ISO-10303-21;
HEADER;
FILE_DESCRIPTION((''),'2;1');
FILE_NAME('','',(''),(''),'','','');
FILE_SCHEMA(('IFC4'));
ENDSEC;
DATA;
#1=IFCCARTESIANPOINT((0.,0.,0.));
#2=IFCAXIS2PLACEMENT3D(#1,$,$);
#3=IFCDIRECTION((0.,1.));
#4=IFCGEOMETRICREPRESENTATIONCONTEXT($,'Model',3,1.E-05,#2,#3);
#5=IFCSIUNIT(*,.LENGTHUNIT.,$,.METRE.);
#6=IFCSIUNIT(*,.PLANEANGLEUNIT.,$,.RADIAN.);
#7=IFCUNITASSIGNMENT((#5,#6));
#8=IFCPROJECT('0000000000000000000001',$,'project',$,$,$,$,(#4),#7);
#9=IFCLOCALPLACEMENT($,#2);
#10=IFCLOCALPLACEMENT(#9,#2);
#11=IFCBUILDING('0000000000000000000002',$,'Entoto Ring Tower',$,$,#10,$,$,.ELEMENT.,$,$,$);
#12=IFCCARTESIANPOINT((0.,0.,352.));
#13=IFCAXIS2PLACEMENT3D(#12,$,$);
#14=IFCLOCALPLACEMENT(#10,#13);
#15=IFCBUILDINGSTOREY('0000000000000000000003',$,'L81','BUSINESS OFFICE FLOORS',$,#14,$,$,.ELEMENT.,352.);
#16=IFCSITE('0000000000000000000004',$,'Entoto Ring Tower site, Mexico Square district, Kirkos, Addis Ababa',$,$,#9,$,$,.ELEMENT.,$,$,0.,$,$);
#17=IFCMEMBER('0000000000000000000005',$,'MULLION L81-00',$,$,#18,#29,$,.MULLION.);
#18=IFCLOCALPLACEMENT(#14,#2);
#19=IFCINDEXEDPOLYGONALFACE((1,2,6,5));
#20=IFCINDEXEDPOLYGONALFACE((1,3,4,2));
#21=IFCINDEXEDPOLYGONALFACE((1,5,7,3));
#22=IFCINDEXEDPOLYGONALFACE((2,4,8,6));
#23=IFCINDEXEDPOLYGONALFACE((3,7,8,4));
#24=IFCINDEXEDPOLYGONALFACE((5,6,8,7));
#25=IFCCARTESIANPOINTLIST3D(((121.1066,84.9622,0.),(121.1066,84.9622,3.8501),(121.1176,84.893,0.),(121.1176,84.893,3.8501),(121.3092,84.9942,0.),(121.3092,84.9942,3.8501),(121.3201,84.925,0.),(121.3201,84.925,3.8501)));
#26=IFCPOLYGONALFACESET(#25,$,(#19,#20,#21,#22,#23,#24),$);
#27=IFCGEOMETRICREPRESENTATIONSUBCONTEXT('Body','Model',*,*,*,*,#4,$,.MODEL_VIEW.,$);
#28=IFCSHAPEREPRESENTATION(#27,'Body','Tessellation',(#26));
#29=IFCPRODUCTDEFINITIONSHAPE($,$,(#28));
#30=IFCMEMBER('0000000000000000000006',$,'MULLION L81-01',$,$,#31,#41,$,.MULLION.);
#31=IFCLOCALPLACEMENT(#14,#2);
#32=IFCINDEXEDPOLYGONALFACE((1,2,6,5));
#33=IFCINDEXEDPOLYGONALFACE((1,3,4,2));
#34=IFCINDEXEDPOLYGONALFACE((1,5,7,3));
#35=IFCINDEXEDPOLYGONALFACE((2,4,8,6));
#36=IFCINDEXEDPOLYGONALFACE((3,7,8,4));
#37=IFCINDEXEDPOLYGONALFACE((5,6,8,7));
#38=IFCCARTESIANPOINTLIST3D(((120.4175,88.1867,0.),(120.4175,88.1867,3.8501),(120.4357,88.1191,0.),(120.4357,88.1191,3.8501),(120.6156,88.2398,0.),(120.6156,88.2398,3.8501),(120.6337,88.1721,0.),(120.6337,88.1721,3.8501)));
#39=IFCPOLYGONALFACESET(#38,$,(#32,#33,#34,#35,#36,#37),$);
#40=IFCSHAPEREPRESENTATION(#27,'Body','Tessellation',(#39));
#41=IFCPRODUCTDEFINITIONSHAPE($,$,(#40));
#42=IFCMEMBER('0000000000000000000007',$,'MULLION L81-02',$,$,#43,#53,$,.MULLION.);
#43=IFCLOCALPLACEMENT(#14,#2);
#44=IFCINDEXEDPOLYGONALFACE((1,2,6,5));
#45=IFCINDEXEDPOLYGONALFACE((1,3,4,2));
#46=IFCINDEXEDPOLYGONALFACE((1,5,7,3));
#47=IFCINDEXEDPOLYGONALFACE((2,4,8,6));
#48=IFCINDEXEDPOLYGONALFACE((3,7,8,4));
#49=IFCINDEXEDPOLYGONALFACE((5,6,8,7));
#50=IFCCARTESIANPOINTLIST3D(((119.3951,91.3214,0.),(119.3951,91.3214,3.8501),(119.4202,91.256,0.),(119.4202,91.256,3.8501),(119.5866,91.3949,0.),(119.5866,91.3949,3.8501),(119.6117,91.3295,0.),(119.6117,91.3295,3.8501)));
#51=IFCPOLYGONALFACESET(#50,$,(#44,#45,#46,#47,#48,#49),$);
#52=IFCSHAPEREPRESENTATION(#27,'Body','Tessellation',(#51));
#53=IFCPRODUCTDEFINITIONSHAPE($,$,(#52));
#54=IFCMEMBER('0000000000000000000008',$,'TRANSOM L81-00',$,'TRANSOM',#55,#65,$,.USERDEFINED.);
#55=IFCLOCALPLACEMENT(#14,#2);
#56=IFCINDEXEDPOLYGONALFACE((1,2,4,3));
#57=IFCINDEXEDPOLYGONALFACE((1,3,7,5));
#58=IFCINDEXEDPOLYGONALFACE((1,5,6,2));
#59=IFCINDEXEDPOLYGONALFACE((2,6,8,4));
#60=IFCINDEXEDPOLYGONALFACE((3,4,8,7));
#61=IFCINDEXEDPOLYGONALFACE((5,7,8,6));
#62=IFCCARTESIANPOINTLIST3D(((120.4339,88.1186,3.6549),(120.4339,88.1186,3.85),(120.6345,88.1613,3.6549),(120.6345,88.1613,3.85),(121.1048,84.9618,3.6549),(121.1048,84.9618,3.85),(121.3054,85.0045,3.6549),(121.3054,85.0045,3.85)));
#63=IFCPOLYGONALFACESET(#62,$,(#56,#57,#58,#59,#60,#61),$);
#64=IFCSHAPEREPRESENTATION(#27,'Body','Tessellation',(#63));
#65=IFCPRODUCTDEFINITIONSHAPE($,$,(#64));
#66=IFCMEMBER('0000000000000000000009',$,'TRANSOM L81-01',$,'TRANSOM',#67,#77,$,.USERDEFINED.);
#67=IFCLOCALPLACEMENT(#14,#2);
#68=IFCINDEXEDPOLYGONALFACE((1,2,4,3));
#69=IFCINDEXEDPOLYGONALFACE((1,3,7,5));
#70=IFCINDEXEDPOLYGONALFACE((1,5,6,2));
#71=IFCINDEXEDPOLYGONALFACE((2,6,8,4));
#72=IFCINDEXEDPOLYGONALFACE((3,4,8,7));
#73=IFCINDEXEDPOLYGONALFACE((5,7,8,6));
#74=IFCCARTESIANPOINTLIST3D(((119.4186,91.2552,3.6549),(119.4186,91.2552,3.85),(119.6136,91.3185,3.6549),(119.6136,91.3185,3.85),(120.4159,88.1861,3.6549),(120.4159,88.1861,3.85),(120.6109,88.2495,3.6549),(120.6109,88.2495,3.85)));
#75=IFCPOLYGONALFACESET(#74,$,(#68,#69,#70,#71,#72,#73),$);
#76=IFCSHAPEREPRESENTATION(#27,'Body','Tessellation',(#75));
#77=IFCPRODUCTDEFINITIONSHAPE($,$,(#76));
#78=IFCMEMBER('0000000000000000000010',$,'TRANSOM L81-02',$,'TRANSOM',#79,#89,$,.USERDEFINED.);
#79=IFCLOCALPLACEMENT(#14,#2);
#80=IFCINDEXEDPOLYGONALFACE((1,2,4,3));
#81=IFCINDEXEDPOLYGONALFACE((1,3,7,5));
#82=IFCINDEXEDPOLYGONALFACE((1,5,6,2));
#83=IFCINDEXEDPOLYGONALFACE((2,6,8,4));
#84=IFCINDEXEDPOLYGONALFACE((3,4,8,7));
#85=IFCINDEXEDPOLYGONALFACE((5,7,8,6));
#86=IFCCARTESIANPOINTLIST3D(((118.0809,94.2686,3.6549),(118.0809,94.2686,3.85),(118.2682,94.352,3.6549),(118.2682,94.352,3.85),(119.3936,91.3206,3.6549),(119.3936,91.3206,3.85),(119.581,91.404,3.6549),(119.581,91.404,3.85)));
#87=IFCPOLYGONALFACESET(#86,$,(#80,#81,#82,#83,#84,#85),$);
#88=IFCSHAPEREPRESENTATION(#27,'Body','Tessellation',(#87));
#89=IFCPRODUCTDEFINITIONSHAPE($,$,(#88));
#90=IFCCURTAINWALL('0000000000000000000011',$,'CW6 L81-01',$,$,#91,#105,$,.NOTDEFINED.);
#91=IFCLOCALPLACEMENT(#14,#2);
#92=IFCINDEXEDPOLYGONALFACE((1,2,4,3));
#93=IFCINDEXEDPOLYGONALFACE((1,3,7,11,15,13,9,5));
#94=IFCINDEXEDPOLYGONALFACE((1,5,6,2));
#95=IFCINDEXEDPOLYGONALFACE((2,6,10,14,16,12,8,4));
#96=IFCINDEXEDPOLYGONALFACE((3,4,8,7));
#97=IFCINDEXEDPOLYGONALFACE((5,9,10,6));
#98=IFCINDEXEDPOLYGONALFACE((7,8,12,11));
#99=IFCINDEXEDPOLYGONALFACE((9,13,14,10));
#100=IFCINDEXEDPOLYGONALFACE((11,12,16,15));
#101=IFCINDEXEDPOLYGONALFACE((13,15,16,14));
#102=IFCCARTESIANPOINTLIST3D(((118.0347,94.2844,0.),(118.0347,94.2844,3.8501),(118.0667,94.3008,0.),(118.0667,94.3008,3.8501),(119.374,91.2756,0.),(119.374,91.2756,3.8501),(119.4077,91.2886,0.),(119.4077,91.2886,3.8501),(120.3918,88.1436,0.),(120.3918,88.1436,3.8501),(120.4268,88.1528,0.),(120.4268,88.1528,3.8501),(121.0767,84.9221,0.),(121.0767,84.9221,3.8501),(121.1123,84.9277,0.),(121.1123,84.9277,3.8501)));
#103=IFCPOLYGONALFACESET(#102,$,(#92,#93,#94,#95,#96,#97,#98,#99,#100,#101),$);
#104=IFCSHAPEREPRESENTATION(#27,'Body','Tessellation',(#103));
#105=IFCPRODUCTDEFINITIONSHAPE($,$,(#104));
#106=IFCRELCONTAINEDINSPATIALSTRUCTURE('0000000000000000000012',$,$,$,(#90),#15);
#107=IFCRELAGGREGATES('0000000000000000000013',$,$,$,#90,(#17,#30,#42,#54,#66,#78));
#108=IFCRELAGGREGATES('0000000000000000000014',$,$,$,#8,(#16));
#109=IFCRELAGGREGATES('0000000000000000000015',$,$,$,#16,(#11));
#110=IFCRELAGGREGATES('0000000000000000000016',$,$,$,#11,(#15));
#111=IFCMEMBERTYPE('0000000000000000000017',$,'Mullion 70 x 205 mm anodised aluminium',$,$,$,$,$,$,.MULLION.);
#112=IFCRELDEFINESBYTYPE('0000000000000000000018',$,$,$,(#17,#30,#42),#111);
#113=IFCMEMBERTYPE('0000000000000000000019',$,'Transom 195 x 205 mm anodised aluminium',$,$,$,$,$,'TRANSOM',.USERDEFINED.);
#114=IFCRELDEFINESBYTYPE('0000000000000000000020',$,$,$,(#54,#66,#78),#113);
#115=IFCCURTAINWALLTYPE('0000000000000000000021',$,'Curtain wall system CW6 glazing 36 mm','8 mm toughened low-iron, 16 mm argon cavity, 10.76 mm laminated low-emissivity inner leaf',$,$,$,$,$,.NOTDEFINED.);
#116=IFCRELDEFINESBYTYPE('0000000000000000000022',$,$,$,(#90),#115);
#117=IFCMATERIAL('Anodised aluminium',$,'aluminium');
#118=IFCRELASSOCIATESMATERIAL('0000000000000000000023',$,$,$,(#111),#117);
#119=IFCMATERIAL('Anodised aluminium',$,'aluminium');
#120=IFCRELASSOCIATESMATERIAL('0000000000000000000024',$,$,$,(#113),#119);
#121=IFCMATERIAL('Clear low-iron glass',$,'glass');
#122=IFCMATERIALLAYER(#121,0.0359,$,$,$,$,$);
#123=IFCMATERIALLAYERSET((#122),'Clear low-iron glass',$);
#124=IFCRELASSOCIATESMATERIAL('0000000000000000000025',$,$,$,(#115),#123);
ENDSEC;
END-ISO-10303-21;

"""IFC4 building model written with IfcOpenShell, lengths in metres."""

from ifc_helpers import new_model, si_unit, direction, frame, origin, origin_2d, place, context, subcontext, project, spatial, polyline, rectangle, outline, extrude, material, layer, layer_set, material_profile, profile_set, type_object, element, aggregate, save


model = new_model("IFC4")

# Units and contexts
model_context = context("Model", 3, precision=1e-05, world=origin(), true_north=direction((0.0, 1.0)))
body_context = subcontext(model_context, "Body", "Model", "MODEL_VIEW")
ifc_project = project(units=[si_unit("LENGTHUNIT", "METRE"), si_unit("PLANEANGLEUNIT", "RADIAN")], contexts=[model_context])

# Members
ifc_material_1 = material(Name="Anodised aluminium", Category="aluminium")
ifc_material_profile_1 = material_profile(ifc_material_1, rectangle(XDim=0.0701, YDim=0.2051, at=origin_2d()), Name="Mullion 70 x 205 mm anodised aluminium")
ifc_profile_set_1 = profile_set([ifc_material_profile_1], Name="Anodised aluminium")
member_type_1 = type_object("IfcMemberType", Name="Mullion 70 x 205 mm anodised aluminium", PredefinedType="MULLION", material=ifc_profile_set_1)
site_placement = place(None, origin())
building_placement = place(site_placement, origin())
storey_placement = place(building_placement, frame((0.0, 0.0, 352.0)))
member_1_placement = place(storey_placement, frame((121.2134, 84.9436, 0.0), z_axis=(0.0, 0.0, 1.0), x_axis=(-0.156434, 0.987688, 0.0)))
member_1 = element("IfcMember", 1, at=member_1_placement, type_object=member_type_1, Name="MULLION L81-00", PredefinedType="MULLION", context=body_context, shape_type="SweptSolid", body=[
    extrude(rectangle(XDim=0.0701, YDim=0.2051, at=origin_2d()), origin(), (0.0, 0.0, 1.0), 3.8501),
])
member_2_placement = place(storey_placement, frame((120.5256, 88.1794, 0.0), z_axis=(0.0, 0.0, 1.0), x_axis=(-0.258819, 0.965926, 0.0)))
member_2 = element("IfcMember", 2, at=member_2_placement, type_object=member_type_1, Name="MULLION L81-01", PredefinedType="MULLION", context=body_context, shape_type="SweptSolid", body=[
    extrude(rectangle(XDim=0.0701, YDim=0.2051, at=origin_2d()), origin(), (0.0, 0.0, 1.0), 3.8501),
])
member_3_placement = place(storey_placement, frame((119.5034, 91.3254, 0.0), z_axis=(0.0, 0.0, 1.0), x_axis=(-0.358368, 0.93358, 0.0)))
member_3 = element("IfcMember", 3, at=member_3_placement, type_object=member_type_1, Name="MULLION L81-02", PredefinedType="MULLION", context=body_context, shape_type="SweptSolid", body=[
    extrude(rectangle(XDim=0.0701, YDim=0.2051, at=origin_2d()), origin(), (0.0, 0.0, 1.0), 3.8501),
])
ifc_material_2 = material(Name="Anodised aluminium", Category="aluminium")
ifc_material_profile_2 = material_profile(ifc_material_2, rectangle(XDim=0.2051, YDim=0.1951, at=origin_2d()), Name="Transom 195 x 205 mm anodised aluminium")
ifc_profile_set_2 = profile_set([ifc_material_profile_2], Name="Anodised aluminium")
member_type_2 = type_object("IfcMemberType", Name="Transom 195 x 205 mm anodised aluminium", ElementType="TRANSOM", PredefinedType="USERDEFINED", material=ifc_profile_set_2)
member_4_placement = place(storey_placement, frame((121.2051, 84.9832, 3.7524), z_axis=(-0.207886, 0.978153, 0.0), x_axis=(-0.978153, -0.207886, 0.0)))
member_4 = element("IfcMember", 4, at=member_4_placement, type_object=member_type_2, Name="TRANSOM L81-00", ObjectType="TRANSOM", PredefinedType="USERDEFINED", context=body_context, shape_type="SweptSolid", body=[
    extrude(rectangle(XDim=0.2051, YDim=0.1951, at=origin_2d()), origin(), (0.0, 0.0, 1.0), 3.2273),
])
member_5_placement = place(storey_placement, frame((120.5134, 88.2178, 3.7524), z_axis=(-0.309047, 0.951047, 0.0), x_axis=(-0.951047, -0.309047, 0.0)))
member_5 = element("IfcMember", 5, at=member_5_placement, type_object=member_type_2, Name="TRANSOM L81-01", ObjectType="TRANSOM", PredefinedType="USERDEFINED", context=body_context, shape_type="SweptSolid", body=[
    extrude(rectangle(XDim=0.2051, YDim=0.1951, at=origin_2d()), origin(), (0.0, 0.0, 1.0), 3.2271),
])
member_6_placement = place(storey_placement, frame((119.4873, 91.3623, 3.7524), z_axis=(-0.406791, 0.913521, 0.0), x_axis=(-0.913521, -0.406791, 0.0)))
member_6 = element("IfcMember", 6, at=member_6_placement, type_object=member_type_2, Name="TRANSOM L81-02", ObjectType="TRANSOM", PredefinedType="USERDEFINED", context=body_context, shape_type="SweptSolid", body=[
    extrude(rectangle(XDim=0.2051, YDim=0.1951, at=origin_2d()), origin(), (0.0, 0.0, 1.0), 3.2271),
])

# Site, building, storey
site = spatial("IfcSite", under=ifc_project, at=site_placement, Name="Entoto Ring Tower site, Mexico Square district, Kirkos, Addis Ababa", CompositionType="ELEMENT", RefElevation=0.0)
building = spatial("IfcBuilding", under=site, at=building_placement, Name="Entoto Ring Tower", CompositionType="ELEMENT")
storey = spatial("IfcBuildingStorey", under=building, at=storey_placement, Name="L81", Description="BUSINESS OFFICE FLOORS", CompositionType="ELEMENT", Elevation=352.0)

# Curtain wall
ifc_material_3 = material(Name="Clear low-iron glass", Category="glass")
ifc_layer_1 = layer(ifc_material_3, 0.0359)
ifc_layer_set_1 = layer_set([ifc_layer_1], Name="Clear low-iron glass")
curtain_wall_type = type_object("IfcCurtainWallType", Name="Curtain wall system CW6 glazing 36 mm", Description="8 mm toughened low-iron, 16 mm argon cavity, 10.76 mm laminated low-emissivity inner leaf", PredefinedType="NOTDEFINED", material=ifc_layer_set_1)
curtain_wall_1_placement = place(storey_placement, origin())
curtain_wall_1 = element("IfcCurtainWall", 7, at=curtain_wall_1_placement, inside=storey, type_object=curtain_wall_type, Name="CW6 L81-01", PredefinedType="NOTDEFINED", context=body_context, shape_type="SweptSolid", body=[
    extrude(outline(polyline([(121.1123, 84.9277), (120.4268, 88.1528), (119.4077, 91.2886), (118.0667, 94.3008), (118.0347, 94.2844), (119.374, 91.2756), (120.3918, 88.1436), (121.0767, 84.9221), (121.1123, 84.9277)])), origin(), (0.0, 0.0, 1.0), 3.8501),
])
aggregate(curtain_wall_1, [member_1, member_2, member_3, member_4, member_5, member_6])

save(model, "model.ifc")
